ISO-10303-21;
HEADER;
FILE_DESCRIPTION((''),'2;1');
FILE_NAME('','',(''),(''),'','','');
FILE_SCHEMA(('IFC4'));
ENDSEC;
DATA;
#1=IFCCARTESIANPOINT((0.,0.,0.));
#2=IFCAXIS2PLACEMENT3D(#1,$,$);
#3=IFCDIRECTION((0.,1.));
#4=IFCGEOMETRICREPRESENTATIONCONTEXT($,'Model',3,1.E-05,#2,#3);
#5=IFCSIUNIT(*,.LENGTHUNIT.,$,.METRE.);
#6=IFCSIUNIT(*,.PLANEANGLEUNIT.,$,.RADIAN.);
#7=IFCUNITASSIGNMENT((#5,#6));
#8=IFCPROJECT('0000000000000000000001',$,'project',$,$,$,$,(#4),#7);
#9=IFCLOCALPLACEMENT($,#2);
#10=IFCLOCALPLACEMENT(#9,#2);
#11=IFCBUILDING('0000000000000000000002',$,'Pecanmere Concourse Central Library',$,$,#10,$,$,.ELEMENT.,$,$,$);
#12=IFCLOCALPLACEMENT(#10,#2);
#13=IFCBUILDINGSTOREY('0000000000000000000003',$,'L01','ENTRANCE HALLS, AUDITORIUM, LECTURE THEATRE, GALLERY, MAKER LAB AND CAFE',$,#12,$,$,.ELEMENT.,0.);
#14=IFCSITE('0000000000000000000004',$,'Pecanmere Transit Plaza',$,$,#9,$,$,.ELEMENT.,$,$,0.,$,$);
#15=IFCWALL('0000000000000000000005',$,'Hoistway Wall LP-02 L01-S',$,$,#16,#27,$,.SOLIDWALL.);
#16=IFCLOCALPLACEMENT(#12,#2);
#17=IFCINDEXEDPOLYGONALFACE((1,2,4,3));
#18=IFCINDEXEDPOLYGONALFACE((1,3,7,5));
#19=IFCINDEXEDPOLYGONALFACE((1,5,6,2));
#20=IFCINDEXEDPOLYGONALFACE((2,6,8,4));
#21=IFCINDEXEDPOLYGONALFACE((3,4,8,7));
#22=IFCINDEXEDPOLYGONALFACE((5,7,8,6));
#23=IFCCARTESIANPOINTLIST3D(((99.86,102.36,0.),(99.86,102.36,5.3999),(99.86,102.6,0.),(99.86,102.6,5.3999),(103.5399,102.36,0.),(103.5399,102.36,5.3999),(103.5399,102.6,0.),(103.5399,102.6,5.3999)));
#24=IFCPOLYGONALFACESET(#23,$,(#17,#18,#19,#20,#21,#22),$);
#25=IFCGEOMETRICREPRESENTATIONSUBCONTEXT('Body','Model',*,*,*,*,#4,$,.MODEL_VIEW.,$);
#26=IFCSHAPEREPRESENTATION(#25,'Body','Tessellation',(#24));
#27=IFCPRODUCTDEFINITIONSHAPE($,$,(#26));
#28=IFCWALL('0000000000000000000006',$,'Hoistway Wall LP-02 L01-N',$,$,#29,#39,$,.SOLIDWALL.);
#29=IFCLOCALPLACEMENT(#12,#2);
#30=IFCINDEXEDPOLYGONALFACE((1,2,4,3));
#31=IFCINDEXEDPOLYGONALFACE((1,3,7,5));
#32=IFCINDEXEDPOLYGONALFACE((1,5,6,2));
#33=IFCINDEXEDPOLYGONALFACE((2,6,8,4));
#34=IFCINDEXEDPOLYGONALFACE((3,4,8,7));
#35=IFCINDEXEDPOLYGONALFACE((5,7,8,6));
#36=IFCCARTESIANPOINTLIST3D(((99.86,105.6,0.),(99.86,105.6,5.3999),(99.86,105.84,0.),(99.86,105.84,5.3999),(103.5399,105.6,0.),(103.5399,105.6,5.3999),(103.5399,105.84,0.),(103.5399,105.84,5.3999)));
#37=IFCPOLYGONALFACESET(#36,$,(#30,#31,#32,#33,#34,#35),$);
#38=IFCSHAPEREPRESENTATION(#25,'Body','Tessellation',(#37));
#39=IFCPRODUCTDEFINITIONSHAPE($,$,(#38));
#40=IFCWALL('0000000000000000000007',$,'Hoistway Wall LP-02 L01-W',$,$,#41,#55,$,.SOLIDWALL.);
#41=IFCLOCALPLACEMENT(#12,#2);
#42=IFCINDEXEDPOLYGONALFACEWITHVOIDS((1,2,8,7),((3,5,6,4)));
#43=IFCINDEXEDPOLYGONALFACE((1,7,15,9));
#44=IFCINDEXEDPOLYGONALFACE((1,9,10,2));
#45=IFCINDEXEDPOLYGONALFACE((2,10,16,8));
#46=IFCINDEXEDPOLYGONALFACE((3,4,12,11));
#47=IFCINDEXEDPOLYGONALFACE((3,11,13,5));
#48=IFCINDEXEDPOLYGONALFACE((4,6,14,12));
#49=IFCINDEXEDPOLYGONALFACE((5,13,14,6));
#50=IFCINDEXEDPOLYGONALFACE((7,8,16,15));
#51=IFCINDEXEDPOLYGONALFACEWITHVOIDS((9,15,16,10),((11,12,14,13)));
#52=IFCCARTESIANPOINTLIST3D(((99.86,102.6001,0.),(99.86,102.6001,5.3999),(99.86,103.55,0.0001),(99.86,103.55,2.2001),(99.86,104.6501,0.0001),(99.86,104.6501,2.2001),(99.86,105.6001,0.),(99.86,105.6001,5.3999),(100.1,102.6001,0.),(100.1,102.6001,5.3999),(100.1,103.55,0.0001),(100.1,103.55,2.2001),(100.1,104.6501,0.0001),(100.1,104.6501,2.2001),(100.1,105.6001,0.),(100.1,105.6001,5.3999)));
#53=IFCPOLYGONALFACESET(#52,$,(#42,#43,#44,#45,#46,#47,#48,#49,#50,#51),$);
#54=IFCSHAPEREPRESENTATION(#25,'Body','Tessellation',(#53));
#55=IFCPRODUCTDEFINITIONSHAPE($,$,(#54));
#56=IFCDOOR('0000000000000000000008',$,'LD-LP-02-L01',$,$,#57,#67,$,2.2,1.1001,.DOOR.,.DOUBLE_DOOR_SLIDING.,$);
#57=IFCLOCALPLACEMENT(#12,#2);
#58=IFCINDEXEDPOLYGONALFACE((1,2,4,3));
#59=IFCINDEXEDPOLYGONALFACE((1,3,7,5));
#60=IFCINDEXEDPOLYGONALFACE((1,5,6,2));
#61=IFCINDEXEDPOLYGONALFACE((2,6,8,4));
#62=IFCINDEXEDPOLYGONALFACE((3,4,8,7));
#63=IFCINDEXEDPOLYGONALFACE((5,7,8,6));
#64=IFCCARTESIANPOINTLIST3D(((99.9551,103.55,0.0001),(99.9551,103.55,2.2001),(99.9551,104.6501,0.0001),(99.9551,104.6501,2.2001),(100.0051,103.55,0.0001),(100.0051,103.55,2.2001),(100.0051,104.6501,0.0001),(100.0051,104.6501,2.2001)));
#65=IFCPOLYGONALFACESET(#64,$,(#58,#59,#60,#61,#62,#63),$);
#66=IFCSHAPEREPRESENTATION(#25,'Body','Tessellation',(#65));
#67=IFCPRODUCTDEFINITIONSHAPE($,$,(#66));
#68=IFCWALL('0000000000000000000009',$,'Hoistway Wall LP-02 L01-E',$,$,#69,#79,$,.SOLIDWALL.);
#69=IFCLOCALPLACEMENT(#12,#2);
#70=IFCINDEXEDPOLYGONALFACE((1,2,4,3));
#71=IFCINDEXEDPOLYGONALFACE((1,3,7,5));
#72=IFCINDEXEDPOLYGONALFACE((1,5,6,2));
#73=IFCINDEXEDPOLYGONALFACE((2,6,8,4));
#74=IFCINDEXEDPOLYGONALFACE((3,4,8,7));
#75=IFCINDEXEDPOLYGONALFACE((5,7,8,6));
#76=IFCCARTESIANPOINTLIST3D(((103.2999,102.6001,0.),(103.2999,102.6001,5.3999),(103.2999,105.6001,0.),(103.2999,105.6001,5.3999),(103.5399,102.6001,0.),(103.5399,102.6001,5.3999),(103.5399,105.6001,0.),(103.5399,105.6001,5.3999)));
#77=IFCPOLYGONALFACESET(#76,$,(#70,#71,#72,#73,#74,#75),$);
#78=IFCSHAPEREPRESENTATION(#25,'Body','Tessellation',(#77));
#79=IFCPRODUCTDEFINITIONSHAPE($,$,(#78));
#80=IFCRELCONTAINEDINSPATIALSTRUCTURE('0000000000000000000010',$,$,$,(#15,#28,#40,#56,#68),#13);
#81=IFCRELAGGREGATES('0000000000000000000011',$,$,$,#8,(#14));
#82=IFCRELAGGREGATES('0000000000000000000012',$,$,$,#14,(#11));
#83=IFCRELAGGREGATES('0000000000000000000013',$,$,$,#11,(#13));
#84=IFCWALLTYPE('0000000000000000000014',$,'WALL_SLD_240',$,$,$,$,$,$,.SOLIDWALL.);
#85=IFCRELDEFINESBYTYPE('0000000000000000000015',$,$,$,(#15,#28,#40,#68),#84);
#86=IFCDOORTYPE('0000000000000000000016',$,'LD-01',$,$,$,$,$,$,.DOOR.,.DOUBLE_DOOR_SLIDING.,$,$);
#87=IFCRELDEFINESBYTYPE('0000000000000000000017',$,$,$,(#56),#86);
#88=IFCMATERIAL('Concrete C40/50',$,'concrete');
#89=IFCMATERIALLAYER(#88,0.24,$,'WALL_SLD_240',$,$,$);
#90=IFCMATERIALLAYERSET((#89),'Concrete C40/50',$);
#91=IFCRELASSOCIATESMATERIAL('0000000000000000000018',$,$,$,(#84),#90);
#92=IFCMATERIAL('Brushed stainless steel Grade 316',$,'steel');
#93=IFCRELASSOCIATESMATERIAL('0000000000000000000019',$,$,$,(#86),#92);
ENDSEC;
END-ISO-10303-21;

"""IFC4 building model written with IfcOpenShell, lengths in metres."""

from ifc_helpers import new_model, si_unit, direction, frame, frame_2d, origin, place, context, subcontext, project, spatial, rectangle, extrude, material, layer, layer_set, type_object, element, fill, save


model = new_model("IFC4")

# Units and contexts
model_context = context("Model", 3, precision=1e-05, world=origin(), true_north=direction((0.0, 1.0)))
body_context = subcontext(model_context, "Body", "Model", "MODEL_VIEW")
ifc_project = project(units=[si_unit("LENGTHUNIT", "METRE"), si_unit("PLANEANGLEUNIT", "RADIAN")], contexts=[model_context])

# Site, building, storey
site_placement = place(None, origin())
site = spatial("IfcSite", under=ifc_project, at=site_placement, Name="Pecanmere Transit Plaza", CompositionType="ELEMENT", RefElevation=0.0)
building_placement = place(site_placement, origin())
building = spatial("IfcBuilding", under=site, at=building_placement, Name="Pecanmere Concourse Central Library", CompositionType="ELEMENT")
storey_placement = place(building_placement, origin())
storey = spatial("IfcBuildingStorey", under=building, at=storey_placement, Name="L01", Description="ENTRANCE HALLS, AUDITORIUM, LECTURE THEATRE, GALLERY, MAKER LAB AND CAFE", CompositionType="ELEMENT", Elevation=0.0)

# Shared definitions
ifc_material_1 = material(Name="Concrete C40/50", Category="concrete")
ifc_layer_1 = layer(ifc_material_1, 0.24, Name="WALL_SLD_240")
ifc_layer_set_1 = layer_set([ifc_layer_1], Name="Concrete C40/50")
wall_type_1 = type_object("IfcWallType", Name="WALL_SLD_240", PredefinedType="SOLIDWALL", material=ifc_layer_set_1)

# Walls
for number, where, z_axis, x_axis, name in (
    (1, (99.8601, 102.48, 0.0), (0.0, 0.0, 1.0), (1.0, 0.0, 0.0), "Hoistway Wall LP-02 L01-S"),
    (2, (99.8601, 105.72, 0.0), (0.0, 0.0, 1.0), (1.0, 0.0, 0.0), "Hoistway Wall LP-02 L01-N"),
):
    element("IfcWall", number, at=place(storey_placement, frame(where, z_axis=z_axis, x_axis=x_axis)), inside=storey, type_object=wall_type_1, Name=name, PredefinedType="SOLIDWALL", context=body_context, shape_type="SweptSolid", body=[
        extrude(rectangle(XDim=3.6799, YDim=0.24, at=frame_2d((1.8398, 0.0))), origin(), (0.0, 0.0, 1.0), 5.3999),
    ])

# Wall, opening, door
wall_1_placement = place(storey_placement, frame((99.98, 102.6001, 0.0), z_axis=(0.0, 0.0, 1.0), x_axis=(0.0, 1.0, 0.0)))
wall_1 = element("IfcWall", 3, at=wall_1_placement, inside=storey, type_object=wall_type_1, Name="Hoistway Wall LP-02 L01-W", PredefinedType="SOLIDWALL", context=body_context, shape_type="SweptSolid", body=[
    extrude(rectangle(XDim=3.0, YDim=0.24, at=frame_2d((1.5, 0.0))), origin(), (0.0, 0.0, 1.0), 5.3999),
])
opening_1_placement = place(wall_1_placement, frame((0.95, 0.0, 0.0)))
opening_1 = element("IfcOpeningElement", 4, at=opening_1_placement, cuts=wall_1, PredefinedType="OPENING", context=body_context, shape_type="SweptSolid", body=[
    extrude(rectangle(XDim=1.1001, YDim=2.2, at=frame_2d((0.55, 1.1001))), frame((0.0, 0.1318, 0.0), z_axis=(0.0, -1.0, 0.0), x_axis=(1.0, 0.0, 0.0)), (0.0, 0.0, 1.0), 0.2639),
])
ifc_material_2 = material(Name="Brushed stainless steel Grade 316", Category="steel")
door_type_1 = type_object("IfcDoorType", Name="LD-01", OperationType="DOUBLE_DOOR_SLIDING", PredefinedType="DOOR", material=ifc_material_2)
door_1_placement = place(opening_1_placement, origin())
door_1 = element("IfcDoor", 5, at=door_1_placement, inside=storey, type_object=door_type_1, Name="LD-LP-02-L01", OperationType="DOUBLE_DOOR_SLIDING", OverallHeight=2.2, OverallWidth=1.1001, PredefinedType="DOOR", context=body_context, shape_type="SweptSolid", body=[
    extrude(rectangle(XDim=1.1001, YDim=2.2, at=frame_2d((0.55, 1.1001))), frame((0.0, 0.0249, 0.0), z_axis=(0.0, -1.0, 0.0), x_axis=(1.0, 0.0, 0.0)), (0.0, 0.0, 1.0), 0.05),
])
fill(opening_1, door_1)

# Wall
wall_2_placement = place(storey_placement, frame((103.4199, 102.6001, 0.0), z_axis=(0.0, 0.0, 1.0), x_axis=(0.0, 1.0, 0.0)))
element("IfcWall", 6, at=wall_2_placement, inside=storey, type_object=wall_type_1, Name="Hoistway Wall LP-02 L01-E", PredefinedType="SOLIDWALL", context=body_context, shape_type="SweptSolid", body=[
    extrude(rectangle(XDim=3.0, YDim=0.24, at=frame_2d((1.5, 0.0))), origin(), (0.0, 0.0, 1.0), 5.3999),
])

save(model, "model.ifc")
